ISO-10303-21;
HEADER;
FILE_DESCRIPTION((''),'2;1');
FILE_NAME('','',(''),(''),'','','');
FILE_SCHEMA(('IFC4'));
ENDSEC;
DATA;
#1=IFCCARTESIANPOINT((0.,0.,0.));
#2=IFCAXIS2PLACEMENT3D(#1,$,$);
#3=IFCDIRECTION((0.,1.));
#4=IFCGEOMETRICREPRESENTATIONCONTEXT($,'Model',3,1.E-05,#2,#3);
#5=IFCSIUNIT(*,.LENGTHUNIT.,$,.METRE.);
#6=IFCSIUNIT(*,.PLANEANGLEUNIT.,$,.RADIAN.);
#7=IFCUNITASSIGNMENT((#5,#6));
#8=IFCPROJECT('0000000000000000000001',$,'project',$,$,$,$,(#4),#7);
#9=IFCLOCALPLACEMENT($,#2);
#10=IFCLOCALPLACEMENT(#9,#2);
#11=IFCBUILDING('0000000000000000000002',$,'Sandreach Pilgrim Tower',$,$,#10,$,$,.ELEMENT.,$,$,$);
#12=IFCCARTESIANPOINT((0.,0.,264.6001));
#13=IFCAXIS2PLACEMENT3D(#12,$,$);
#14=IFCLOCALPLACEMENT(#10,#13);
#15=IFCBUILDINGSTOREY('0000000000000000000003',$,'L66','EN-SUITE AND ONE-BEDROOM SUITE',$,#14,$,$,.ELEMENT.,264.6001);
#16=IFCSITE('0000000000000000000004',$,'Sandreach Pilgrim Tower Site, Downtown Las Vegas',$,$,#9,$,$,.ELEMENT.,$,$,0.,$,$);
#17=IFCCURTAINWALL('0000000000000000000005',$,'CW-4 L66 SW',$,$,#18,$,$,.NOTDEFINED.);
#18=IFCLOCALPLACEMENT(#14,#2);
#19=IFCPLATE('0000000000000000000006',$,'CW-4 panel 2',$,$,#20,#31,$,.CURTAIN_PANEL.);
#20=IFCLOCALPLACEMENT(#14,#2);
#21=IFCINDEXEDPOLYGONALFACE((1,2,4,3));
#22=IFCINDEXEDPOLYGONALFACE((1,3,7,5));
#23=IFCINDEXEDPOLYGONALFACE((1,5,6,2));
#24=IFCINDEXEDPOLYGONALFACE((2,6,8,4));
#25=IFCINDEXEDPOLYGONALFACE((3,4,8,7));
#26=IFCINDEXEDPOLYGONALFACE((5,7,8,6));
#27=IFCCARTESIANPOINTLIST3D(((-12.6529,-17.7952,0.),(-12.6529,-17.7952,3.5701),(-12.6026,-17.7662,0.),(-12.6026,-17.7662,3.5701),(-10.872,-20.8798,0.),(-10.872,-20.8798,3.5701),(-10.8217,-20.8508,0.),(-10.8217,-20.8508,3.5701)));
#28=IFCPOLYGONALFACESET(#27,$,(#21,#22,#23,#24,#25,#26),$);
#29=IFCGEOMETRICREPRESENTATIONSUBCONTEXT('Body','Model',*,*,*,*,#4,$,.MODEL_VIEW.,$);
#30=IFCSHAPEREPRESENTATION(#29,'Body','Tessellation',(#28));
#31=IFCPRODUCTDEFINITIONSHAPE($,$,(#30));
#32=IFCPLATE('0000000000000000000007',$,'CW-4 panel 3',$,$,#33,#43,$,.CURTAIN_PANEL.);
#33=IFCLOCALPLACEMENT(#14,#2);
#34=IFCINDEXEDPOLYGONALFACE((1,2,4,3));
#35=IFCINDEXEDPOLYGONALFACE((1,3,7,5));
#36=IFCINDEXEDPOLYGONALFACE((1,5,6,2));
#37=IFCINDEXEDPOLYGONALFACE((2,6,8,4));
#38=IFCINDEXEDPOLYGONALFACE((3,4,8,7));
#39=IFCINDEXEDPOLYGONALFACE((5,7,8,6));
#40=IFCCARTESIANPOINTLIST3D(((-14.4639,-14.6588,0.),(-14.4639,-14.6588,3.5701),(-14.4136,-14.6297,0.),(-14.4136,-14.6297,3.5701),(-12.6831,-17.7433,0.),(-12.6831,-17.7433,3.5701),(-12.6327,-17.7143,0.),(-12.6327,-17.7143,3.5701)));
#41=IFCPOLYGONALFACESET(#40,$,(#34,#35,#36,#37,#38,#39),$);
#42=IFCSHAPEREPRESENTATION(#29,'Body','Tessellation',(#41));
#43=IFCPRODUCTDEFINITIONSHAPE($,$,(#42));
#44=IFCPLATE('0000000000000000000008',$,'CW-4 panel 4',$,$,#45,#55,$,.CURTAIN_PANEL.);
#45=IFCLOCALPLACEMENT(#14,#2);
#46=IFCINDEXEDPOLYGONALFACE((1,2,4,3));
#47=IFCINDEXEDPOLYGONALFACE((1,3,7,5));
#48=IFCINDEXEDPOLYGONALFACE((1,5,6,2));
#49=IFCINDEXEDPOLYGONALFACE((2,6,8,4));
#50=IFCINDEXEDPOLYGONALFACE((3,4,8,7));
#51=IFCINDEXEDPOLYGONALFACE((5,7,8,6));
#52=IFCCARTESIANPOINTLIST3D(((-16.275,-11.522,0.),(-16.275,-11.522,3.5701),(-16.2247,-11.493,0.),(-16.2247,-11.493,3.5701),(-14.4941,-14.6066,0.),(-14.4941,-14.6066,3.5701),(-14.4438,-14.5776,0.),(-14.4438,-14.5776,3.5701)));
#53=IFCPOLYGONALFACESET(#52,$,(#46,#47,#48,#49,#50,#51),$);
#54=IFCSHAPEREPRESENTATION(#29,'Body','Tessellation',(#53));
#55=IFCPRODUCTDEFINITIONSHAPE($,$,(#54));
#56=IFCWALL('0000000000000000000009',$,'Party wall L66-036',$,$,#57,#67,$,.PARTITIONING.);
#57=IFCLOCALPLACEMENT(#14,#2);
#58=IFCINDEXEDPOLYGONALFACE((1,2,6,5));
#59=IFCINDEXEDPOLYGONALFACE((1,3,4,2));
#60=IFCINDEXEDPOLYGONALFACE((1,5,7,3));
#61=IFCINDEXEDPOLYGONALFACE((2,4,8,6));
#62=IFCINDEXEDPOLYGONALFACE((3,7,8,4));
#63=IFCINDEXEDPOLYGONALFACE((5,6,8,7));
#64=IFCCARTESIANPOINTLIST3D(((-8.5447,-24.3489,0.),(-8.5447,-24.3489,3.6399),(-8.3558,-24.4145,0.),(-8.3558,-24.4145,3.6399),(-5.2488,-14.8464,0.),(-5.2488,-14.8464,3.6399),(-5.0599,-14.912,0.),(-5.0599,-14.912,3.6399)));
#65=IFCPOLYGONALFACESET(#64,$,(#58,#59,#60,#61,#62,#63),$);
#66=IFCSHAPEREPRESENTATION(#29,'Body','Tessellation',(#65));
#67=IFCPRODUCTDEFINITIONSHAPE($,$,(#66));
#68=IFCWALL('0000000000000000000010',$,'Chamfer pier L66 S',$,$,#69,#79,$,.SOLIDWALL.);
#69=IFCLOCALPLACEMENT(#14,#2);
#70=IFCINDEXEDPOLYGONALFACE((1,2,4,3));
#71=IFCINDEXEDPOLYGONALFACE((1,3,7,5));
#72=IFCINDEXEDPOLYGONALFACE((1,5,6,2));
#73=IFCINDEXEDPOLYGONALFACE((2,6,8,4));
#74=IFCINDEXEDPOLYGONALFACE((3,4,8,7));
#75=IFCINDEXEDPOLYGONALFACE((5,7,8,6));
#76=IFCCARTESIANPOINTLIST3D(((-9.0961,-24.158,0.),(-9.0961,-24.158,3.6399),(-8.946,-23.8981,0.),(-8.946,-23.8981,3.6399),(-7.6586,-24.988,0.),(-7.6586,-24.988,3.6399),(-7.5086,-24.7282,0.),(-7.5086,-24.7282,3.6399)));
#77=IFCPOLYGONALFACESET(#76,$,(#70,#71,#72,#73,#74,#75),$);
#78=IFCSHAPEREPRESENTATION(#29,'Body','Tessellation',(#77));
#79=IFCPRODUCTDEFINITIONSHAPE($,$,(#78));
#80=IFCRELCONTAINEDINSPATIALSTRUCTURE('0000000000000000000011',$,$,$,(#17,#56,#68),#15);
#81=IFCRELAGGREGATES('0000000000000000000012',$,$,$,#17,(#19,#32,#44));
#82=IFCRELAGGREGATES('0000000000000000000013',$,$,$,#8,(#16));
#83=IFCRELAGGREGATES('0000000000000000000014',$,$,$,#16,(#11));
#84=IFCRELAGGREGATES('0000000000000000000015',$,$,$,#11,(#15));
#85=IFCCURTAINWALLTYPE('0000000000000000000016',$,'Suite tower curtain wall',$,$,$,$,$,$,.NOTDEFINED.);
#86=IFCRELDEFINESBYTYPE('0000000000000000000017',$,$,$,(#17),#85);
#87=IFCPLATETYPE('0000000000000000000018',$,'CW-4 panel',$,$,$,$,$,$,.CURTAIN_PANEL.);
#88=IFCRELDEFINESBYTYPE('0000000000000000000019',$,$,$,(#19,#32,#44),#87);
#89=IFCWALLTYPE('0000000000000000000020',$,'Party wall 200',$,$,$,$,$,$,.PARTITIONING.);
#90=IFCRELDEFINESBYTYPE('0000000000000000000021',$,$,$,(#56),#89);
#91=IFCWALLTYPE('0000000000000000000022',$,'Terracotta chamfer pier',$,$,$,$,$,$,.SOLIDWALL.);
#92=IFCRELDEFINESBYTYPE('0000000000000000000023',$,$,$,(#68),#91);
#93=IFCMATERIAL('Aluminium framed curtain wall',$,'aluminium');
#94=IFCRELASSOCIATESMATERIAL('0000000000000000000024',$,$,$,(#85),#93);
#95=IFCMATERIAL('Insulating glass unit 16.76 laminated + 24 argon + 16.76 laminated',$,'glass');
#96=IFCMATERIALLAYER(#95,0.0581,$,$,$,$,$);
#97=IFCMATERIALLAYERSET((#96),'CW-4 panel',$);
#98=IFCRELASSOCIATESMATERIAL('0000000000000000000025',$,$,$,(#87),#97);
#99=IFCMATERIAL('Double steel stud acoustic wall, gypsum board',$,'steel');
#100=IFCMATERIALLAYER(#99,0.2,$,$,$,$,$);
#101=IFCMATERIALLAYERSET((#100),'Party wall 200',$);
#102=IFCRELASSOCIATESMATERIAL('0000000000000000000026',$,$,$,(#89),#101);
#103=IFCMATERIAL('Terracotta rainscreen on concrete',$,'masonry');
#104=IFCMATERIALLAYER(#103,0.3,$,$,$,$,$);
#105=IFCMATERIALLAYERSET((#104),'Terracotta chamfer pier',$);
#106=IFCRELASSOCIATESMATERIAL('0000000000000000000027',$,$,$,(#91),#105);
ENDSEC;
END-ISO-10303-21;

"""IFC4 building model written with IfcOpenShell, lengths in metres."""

from ifc_helpers import new_model, si_unit, direction, frame, frame_2d, origin, origin_2d, place, context, subcontext, project, spatial, rectangle, extrude, material, layer, layer_set, type_object, element, aggregate, save


model = new_model("IFC4")

# Units and contexts
model_context = context("Model", 3, precision=1e-05, world=origin(), true_north=direction((0.0, 1.0)))
body_context = subcontext(model_context, "Body", "Model", "MODEL_VIEW")
ifc_project = project(units=[si_unit("LENGTHUNIT", "METRE"), si_unit("PLANEANGLEUNIT", "RADIAN")], contexts=[model_context])

# Site, building, storey
site_placement = place(None, origin())
site = spatial("IfcSite", under=ifc_project, at=site_placement, Name="Sandreach Pilgrim Tower Site, Downtown Las Vegas", CompositionType="ELEMENT", RefElevation=0.0)
building_placement = place(site_placement, origin())
building = spatial("IfcBuilding", under=site, at=building_placement, Name="Sandreach Pilgrim Tower", CompositionType="ELEMENT")
storey_placement = place(building_placement, frame((0.0, 0.0, 264.6001)))
storey = spatial("IfcBuildingStorey", under=building, at=storey_placement, Name="L66", Description="EN-SUITE AND ONE-BEDROOM SUITE", CompositionType="ELEMENT", Elevation=264.6001)

# Shared definitions
ifc_material_1 = material(Name="Aluminium framed curtain wall", Category="aluminium")
curtain_wall_type = type_object("IfcCurtainWallType", Name="Suite tower curtain wall", PredefinedType="NOTDEFINED", material=ifc_material_1)

# Curtain wall
curtain_wall_1_placement = place(storey_placement, origin())
curtain_wall_1 = element("IfcCurtainWall", 1, at=curtain_wall_1_placement, inside=storey, type_object=curtain_wall_type, Name="CW-4 L66 SW", PredefinedType="NOTDEFINED")

# Plates
ifc_material_2 = material(Name="Insulating glass unit 16.76 laminated + 24 argon + 16.76 laminated", Category="glass")
ifc_layer_1 = layer(ifc_material_2, 0.0581)
ifc_layer_set_1 = layer_set([ifc_layer_1], Name="CW-4 panel")
plate_type = type_object("IfcPlateType", Name="CW-4 panel", PredefinedType="CURTAIN_PANEL", material=ifc_layer_set_1)
plate_1_placement = place(storey_placement, frame((-11.7373, -19.323, 0.0), z_axis=(0.0, 0.0, 1.0), x_axis=(-0.5, 0.866025, 0.0)))
plate_1 = element("IfcPlate", 2, at=plate_1_placement, type_object=plate_type, Name="CW-4 panel 2", PredefinedType="CURTAIN_PANEL", context=body_context, shape_type="SweptSolid", body=[
    extrude(rectangle(XDim=3.5618, YDim=0.0581, at=origin_2d()), origin(), (0.0, 0.0, 1.0), 3.5701),
])
plate_2_placement = place(storey_placement, frame((-13.5483, -16.1865, 0.0), z_axis=(0.0, 0.0, 1.0), x_axis=(-0.5, 0.866025, 0.0)))
plate_2 = element("IfcPlate", 3, at=plate_2_placement, type_object=plate_type, Name="CW-4 panel 3", PredefinedType="CURTAIN_PANEL", context=body_context, shape_type="SweptSolid", body=[
    extrude(rectangle(XDim=3.5618, YDim=0.0581, at=origin_2d()), origin(), (0.0, 0.0, 1.0), 3.5701),
])
plate_3_placement = place(storey_placement, frame((-15.3594, -13.0498, 0.0), z_axis=(0.0, 0.0, 1.0), x_axis=(-0.5, 0.866025, 0.0)))
plate_3 = element("IfcPlate", 4, at=plate_3_placement, type_object=plate_type, Name="CW-4 panel 4", PredefinedType="CURTAIN_PANEL", context=body_context, shape_type="SweptSolid", body=[
    extrude(rectangle(XDim=3.5618, YDim=0.0581, at=origin_2d()), origin(), (0.0, 0.0, 1.0), 3.5701),
])
aggregate(curtain_wall_1, [plate_1, plate_2, plate_3])

# Walls
ifc_material_3 = material(Name="Double steel stud acoustic wall, gypsum board", Category="steel")
ifc_layer_2 = layer(ifc_material_3, 0.2)
ifc_layer_set_2 = layer_set([ifc_layer_2], Name="Party wall 200")
wall_type_1 = type_object("IfcWallType", Name="Party wall 200", PredefinedType="PARTITIONING", material=ifc_layer_set_2)
wall_1_placement = place(storey_placement, frame((-8.4502, -24.3816, 0.0), z_axis=(0.0, 0.0, 1.0), x_axis=(0.327696, 0.944783, 0.0)))
element("IfcWall", 5, at=wall_1_placement, inside=storey, type_object=wall_type_1, Name="Party wall L66-036", PredefinedType="PARTITIONING", context=body_context, shape_type="SweptSolid", body=[
    extrude(rectangle(XDim=10.0579, YDim=0.2, at=frame_2d((5.0288, 0.0))), origin(), (0.0, 0.0, 1.0), 3.6399),
])
ifc_material_4 = material(Name="Terracotta rainscreen on concrete", Category="masonry")
ifc_layer_3 = layer(ifc_material_4, 0.3)
ifc_layer_set_3 = layer_set([ifc_layer_3], Name="Terracotta chamfer pier")
wall_type_2 = type_object("IfcWallType", Name="Terracotta chamfer pier", PredefinedType="SOLIDWALL", material=ifc_layer_set_3)
wall_2_placement = place(storey_placement, frame((-7.5835, -24.8582, 0.0), z_axis=(0.0, 0.0, 1.0), x_axis=(-0.86599, 0.500062, 0.0)))
element("IfcWall", 6, at=wall_2_placement, inside=storey, type_object=wall_type_2, Name="Chamfer pier L66 S", PredefinedType="SOLIDWALL", context=body_context, shape_type="SweptSolid", body=[
    extrude(rectangle(XDim=1.6599, YDim=0.3, at=frame_2d((0.8301, 0.0))), origin(), (0.0, 0.0, 1.0), 3.6399),
])

save(model, "model.ifc")
